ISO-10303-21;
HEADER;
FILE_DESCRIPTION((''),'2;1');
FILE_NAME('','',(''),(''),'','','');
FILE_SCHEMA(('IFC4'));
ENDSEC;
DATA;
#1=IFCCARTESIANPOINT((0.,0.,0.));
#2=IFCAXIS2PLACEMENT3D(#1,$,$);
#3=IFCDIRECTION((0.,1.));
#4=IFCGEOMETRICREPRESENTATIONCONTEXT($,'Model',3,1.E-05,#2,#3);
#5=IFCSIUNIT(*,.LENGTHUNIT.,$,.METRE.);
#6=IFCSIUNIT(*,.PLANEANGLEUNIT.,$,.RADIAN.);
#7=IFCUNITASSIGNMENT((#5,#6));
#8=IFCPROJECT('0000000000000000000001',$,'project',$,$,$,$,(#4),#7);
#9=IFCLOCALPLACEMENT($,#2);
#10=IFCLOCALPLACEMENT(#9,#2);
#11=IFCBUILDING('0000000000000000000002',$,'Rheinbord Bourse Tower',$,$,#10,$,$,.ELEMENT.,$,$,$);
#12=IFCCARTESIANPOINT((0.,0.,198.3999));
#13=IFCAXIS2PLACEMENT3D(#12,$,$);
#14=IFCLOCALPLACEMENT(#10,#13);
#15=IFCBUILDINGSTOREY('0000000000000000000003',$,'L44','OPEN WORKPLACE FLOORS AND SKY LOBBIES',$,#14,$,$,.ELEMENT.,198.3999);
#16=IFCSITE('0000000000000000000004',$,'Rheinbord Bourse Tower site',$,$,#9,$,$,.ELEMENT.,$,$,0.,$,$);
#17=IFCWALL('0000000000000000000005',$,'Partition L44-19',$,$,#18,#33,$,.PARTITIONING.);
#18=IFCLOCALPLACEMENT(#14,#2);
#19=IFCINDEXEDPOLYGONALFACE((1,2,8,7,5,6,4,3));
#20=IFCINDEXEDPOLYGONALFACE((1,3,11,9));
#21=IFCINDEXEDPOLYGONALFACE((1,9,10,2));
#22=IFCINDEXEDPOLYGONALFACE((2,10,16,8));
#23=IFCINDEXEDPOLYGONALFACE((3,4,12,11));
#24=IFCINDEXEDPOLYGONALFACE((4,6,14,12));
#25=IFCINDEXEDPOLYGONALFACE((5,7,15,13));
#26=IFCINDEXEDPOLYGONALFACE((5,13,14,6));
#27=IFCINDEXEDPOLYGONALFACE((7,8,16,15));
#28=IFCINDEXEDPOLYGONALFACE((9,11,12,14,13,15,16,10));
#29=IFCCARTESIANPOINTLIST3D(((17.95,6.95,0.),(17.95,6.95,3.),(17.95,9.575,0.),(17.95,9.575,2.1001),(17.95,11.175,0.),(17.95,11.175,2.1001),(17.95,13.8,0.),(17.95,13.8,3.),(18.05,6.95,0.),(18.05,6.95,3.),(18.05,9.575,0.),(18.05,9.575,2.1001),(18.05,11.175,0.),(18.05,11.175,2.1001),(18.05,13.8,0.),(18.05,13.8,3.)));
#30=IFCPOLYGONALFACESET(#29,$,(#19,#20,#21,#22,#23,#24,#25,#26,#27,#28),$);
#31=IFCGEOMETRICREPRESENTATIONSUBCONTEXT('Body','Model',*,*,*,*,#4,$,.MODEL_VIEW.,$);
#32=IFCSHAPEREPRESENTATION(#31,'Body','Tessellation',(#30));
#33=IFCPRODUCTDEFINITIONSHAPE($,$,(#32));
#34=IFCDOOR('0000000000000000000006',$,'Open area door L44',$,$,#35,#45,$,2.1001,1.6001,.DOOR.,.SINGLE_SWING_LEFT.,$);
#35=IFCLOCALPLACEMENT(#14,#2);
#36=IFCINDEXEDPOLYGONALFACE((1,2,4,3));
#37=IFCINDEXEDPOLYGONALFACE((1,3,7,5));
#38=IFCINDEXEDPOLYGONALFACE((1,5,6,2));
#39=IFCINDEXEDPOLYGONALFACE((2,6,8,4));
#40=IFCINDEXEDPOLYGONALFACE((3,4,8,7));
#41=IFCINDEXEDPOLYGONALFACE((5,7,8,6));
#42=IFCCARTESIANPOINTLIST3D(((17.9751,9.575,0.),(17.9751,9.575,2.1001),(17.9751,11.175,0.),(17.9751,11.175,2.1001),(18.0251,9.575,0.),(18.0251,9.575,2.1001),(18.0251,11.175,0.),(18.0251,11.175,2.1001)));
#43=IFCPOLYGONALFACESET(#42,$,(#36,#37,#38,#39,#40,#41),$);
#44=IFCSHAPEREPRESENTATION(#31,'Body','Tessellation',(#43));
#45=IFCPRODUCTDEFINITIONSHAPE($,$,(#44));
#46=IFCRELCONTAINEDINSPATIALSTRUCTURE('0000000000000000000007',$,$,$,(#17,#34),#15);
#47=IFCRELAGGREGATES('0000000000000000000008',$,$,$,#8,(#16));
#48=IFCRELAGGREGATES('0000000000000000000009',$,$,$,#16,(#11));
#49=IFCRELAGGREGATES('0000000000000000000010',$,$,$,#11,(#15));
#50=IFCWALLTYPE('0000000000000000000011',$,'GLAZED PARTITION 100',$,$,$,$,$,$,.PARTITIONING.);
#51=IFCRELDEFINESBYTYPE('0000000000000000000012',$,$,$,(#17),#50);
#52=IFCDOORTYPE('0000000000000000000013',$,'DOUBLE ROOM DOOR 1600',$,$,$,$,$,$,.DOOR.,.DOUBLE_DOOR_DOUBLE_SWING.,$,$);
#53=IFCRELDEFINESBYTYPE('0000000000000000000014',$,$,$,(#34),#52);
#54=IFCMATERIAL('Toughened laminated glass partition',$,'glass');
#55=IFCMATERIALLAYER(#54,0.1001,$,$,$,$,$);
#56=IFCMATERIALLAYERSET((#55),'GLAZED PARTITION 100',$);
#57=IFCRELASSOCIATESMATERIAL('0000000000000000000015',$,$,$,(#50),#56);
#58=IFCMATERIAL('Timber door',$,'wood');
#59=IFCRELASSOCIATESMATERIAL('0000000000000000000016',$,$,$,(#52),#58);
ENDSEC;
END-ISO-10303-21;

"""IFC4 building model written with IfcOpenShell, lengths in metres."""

from ifc_helpers import new_model, si_unit, direction, frame, frame_2d, origin, place, context, subcontext, project, spatial, rectangle, extrude, material, layer, layer_set, type_object, element, fill, save


model = new_model("IFC4")

# Units and contexts
model_context = context("Model", 3, precision=1e-05, world=origin(), true_north=direction((0.0, 1.0)))
body_context = subcontext(model_context, "Body", "Model", "MODEL_VIEW")
ifc_project = project(units=[si_unit("LENGTHUNIT", "METRE"), si_unit("PLANEANGLEUNIT", "RADIAN")], contexts=[model_context])

# Site, building, storey
site_placement = place(None, origin())
site = spatial("IfcSite", under=ifc_project, at=site_placement, Name="Rheinbord Bourse Tower site", CompositionType="ELEMENT", RefElevation=0.0)
building_placement = place(site_placement, origin())
building = spatial("IfcBuilding", under=site, at=building_placement, Name="Rheinbord Bourse Tower", CompositionType="ELEMENT")
storey_placement = place(building_placement, frame((0.0, 0.0, 198.3999)))
storey = spatial("IfcBuildingStorey", under=building, at=storey_placement, Name="L44", Description="OPEN WORKPLACE FLOORS AND SKY LOBBIES", CompositionType="ELEMENT", Elevation=198.3999)

# Wall, opening, door
ifc_material_1 = material(Name="Toughened laminated glass partition", Category="glass")
ifc_layer_1 = layer(ifc_material_1, 0.1001)
ifc_layer_set_1 = layer_set([ifc_layer_1], Name="GLAZED PARTITION 100")
wall_type_1 = type_object("IfcWallType", Name="GLAZED PARTITION 100", PredefinedType="PARTITIONING", material=ifc_layer_set_1)
wall_1_placement = place(storey_placement, frame((18.0, 6.95, 0.0), z_axis=(0.0, 0.0, 1.0), x_axis=(0.0, 1.0, 0.0)))
wall_1 = element("IfcWall", 1, at=wall_1_placement, inside=storey, type_object=wall_type_1, Name="Partition L44-19", PredefinedType="PARTITIONING", context=body_context, shape_type="SweptSolid", body=[
    extrude(rectangle(XDim=6.8501, YDim=0.1001, at=frame_2d((3.425, 0.0))), origin(), (0.0, 0.0, 1.0), 3.0),
])
opening_1_placement = place(wall_1_placement, frame((2.625, 0.0, 0.0)))
opening_1 = element("IfcOpeningElement", 2, at=opening_1_placement, cuts=wall_1, PredefinedType="OPENING", context=body_context, shape_type="SweptSolid", body=[
    extrude(rectangle(XDim=1.6001, YDim=2.1001, at=frame_2d((0.8, 1.05))), frame((0.0, 0.0601, 0.0), z_axis=(0.0, -1.0, 0.0), x_axis=(1.0, 0.0, 0.0)), (0.0, 0.0, 1.0), 0.1201),
])
ifc_material_2 = material(Name="Timber door", Category="wood")
door_type_1 = type_object("IfcDoorType", Name="DOUBLE ROOM DOOR 1600", OperationType="DOUBLE_DOOR_DOUBLE_SWING", PredefinedType="DOOR", material=ifc_material_2)
door_1_placement = place(opening_1_placement, origin())
door_1 = element("IfcDoor", 3, at=door_1_placement, inside=storey, type_object=door_type_1, Name="Open area door L44", OperationType="SINGLE_SWING_LEFT", OverallHeight=2.1001, OverallWidth=1.6001, PredefinedType="DOOR", context=body_context, shape_type="SweptSolid", body=[
    extrude(rectangle(XDim=1.6001, YDim=2.1001, at=frame_2d((0.8, 1.05))), frame((0.0, 0.0249, 0.0), z_axis=(0.0, -1.0, 0.0), x_axis=(1.0, 0.0, 0.0)), (0.0, 0.0, 1.0), 0.05),
])
fill(opening_1, door_1)

save(model, "model.ifc")
